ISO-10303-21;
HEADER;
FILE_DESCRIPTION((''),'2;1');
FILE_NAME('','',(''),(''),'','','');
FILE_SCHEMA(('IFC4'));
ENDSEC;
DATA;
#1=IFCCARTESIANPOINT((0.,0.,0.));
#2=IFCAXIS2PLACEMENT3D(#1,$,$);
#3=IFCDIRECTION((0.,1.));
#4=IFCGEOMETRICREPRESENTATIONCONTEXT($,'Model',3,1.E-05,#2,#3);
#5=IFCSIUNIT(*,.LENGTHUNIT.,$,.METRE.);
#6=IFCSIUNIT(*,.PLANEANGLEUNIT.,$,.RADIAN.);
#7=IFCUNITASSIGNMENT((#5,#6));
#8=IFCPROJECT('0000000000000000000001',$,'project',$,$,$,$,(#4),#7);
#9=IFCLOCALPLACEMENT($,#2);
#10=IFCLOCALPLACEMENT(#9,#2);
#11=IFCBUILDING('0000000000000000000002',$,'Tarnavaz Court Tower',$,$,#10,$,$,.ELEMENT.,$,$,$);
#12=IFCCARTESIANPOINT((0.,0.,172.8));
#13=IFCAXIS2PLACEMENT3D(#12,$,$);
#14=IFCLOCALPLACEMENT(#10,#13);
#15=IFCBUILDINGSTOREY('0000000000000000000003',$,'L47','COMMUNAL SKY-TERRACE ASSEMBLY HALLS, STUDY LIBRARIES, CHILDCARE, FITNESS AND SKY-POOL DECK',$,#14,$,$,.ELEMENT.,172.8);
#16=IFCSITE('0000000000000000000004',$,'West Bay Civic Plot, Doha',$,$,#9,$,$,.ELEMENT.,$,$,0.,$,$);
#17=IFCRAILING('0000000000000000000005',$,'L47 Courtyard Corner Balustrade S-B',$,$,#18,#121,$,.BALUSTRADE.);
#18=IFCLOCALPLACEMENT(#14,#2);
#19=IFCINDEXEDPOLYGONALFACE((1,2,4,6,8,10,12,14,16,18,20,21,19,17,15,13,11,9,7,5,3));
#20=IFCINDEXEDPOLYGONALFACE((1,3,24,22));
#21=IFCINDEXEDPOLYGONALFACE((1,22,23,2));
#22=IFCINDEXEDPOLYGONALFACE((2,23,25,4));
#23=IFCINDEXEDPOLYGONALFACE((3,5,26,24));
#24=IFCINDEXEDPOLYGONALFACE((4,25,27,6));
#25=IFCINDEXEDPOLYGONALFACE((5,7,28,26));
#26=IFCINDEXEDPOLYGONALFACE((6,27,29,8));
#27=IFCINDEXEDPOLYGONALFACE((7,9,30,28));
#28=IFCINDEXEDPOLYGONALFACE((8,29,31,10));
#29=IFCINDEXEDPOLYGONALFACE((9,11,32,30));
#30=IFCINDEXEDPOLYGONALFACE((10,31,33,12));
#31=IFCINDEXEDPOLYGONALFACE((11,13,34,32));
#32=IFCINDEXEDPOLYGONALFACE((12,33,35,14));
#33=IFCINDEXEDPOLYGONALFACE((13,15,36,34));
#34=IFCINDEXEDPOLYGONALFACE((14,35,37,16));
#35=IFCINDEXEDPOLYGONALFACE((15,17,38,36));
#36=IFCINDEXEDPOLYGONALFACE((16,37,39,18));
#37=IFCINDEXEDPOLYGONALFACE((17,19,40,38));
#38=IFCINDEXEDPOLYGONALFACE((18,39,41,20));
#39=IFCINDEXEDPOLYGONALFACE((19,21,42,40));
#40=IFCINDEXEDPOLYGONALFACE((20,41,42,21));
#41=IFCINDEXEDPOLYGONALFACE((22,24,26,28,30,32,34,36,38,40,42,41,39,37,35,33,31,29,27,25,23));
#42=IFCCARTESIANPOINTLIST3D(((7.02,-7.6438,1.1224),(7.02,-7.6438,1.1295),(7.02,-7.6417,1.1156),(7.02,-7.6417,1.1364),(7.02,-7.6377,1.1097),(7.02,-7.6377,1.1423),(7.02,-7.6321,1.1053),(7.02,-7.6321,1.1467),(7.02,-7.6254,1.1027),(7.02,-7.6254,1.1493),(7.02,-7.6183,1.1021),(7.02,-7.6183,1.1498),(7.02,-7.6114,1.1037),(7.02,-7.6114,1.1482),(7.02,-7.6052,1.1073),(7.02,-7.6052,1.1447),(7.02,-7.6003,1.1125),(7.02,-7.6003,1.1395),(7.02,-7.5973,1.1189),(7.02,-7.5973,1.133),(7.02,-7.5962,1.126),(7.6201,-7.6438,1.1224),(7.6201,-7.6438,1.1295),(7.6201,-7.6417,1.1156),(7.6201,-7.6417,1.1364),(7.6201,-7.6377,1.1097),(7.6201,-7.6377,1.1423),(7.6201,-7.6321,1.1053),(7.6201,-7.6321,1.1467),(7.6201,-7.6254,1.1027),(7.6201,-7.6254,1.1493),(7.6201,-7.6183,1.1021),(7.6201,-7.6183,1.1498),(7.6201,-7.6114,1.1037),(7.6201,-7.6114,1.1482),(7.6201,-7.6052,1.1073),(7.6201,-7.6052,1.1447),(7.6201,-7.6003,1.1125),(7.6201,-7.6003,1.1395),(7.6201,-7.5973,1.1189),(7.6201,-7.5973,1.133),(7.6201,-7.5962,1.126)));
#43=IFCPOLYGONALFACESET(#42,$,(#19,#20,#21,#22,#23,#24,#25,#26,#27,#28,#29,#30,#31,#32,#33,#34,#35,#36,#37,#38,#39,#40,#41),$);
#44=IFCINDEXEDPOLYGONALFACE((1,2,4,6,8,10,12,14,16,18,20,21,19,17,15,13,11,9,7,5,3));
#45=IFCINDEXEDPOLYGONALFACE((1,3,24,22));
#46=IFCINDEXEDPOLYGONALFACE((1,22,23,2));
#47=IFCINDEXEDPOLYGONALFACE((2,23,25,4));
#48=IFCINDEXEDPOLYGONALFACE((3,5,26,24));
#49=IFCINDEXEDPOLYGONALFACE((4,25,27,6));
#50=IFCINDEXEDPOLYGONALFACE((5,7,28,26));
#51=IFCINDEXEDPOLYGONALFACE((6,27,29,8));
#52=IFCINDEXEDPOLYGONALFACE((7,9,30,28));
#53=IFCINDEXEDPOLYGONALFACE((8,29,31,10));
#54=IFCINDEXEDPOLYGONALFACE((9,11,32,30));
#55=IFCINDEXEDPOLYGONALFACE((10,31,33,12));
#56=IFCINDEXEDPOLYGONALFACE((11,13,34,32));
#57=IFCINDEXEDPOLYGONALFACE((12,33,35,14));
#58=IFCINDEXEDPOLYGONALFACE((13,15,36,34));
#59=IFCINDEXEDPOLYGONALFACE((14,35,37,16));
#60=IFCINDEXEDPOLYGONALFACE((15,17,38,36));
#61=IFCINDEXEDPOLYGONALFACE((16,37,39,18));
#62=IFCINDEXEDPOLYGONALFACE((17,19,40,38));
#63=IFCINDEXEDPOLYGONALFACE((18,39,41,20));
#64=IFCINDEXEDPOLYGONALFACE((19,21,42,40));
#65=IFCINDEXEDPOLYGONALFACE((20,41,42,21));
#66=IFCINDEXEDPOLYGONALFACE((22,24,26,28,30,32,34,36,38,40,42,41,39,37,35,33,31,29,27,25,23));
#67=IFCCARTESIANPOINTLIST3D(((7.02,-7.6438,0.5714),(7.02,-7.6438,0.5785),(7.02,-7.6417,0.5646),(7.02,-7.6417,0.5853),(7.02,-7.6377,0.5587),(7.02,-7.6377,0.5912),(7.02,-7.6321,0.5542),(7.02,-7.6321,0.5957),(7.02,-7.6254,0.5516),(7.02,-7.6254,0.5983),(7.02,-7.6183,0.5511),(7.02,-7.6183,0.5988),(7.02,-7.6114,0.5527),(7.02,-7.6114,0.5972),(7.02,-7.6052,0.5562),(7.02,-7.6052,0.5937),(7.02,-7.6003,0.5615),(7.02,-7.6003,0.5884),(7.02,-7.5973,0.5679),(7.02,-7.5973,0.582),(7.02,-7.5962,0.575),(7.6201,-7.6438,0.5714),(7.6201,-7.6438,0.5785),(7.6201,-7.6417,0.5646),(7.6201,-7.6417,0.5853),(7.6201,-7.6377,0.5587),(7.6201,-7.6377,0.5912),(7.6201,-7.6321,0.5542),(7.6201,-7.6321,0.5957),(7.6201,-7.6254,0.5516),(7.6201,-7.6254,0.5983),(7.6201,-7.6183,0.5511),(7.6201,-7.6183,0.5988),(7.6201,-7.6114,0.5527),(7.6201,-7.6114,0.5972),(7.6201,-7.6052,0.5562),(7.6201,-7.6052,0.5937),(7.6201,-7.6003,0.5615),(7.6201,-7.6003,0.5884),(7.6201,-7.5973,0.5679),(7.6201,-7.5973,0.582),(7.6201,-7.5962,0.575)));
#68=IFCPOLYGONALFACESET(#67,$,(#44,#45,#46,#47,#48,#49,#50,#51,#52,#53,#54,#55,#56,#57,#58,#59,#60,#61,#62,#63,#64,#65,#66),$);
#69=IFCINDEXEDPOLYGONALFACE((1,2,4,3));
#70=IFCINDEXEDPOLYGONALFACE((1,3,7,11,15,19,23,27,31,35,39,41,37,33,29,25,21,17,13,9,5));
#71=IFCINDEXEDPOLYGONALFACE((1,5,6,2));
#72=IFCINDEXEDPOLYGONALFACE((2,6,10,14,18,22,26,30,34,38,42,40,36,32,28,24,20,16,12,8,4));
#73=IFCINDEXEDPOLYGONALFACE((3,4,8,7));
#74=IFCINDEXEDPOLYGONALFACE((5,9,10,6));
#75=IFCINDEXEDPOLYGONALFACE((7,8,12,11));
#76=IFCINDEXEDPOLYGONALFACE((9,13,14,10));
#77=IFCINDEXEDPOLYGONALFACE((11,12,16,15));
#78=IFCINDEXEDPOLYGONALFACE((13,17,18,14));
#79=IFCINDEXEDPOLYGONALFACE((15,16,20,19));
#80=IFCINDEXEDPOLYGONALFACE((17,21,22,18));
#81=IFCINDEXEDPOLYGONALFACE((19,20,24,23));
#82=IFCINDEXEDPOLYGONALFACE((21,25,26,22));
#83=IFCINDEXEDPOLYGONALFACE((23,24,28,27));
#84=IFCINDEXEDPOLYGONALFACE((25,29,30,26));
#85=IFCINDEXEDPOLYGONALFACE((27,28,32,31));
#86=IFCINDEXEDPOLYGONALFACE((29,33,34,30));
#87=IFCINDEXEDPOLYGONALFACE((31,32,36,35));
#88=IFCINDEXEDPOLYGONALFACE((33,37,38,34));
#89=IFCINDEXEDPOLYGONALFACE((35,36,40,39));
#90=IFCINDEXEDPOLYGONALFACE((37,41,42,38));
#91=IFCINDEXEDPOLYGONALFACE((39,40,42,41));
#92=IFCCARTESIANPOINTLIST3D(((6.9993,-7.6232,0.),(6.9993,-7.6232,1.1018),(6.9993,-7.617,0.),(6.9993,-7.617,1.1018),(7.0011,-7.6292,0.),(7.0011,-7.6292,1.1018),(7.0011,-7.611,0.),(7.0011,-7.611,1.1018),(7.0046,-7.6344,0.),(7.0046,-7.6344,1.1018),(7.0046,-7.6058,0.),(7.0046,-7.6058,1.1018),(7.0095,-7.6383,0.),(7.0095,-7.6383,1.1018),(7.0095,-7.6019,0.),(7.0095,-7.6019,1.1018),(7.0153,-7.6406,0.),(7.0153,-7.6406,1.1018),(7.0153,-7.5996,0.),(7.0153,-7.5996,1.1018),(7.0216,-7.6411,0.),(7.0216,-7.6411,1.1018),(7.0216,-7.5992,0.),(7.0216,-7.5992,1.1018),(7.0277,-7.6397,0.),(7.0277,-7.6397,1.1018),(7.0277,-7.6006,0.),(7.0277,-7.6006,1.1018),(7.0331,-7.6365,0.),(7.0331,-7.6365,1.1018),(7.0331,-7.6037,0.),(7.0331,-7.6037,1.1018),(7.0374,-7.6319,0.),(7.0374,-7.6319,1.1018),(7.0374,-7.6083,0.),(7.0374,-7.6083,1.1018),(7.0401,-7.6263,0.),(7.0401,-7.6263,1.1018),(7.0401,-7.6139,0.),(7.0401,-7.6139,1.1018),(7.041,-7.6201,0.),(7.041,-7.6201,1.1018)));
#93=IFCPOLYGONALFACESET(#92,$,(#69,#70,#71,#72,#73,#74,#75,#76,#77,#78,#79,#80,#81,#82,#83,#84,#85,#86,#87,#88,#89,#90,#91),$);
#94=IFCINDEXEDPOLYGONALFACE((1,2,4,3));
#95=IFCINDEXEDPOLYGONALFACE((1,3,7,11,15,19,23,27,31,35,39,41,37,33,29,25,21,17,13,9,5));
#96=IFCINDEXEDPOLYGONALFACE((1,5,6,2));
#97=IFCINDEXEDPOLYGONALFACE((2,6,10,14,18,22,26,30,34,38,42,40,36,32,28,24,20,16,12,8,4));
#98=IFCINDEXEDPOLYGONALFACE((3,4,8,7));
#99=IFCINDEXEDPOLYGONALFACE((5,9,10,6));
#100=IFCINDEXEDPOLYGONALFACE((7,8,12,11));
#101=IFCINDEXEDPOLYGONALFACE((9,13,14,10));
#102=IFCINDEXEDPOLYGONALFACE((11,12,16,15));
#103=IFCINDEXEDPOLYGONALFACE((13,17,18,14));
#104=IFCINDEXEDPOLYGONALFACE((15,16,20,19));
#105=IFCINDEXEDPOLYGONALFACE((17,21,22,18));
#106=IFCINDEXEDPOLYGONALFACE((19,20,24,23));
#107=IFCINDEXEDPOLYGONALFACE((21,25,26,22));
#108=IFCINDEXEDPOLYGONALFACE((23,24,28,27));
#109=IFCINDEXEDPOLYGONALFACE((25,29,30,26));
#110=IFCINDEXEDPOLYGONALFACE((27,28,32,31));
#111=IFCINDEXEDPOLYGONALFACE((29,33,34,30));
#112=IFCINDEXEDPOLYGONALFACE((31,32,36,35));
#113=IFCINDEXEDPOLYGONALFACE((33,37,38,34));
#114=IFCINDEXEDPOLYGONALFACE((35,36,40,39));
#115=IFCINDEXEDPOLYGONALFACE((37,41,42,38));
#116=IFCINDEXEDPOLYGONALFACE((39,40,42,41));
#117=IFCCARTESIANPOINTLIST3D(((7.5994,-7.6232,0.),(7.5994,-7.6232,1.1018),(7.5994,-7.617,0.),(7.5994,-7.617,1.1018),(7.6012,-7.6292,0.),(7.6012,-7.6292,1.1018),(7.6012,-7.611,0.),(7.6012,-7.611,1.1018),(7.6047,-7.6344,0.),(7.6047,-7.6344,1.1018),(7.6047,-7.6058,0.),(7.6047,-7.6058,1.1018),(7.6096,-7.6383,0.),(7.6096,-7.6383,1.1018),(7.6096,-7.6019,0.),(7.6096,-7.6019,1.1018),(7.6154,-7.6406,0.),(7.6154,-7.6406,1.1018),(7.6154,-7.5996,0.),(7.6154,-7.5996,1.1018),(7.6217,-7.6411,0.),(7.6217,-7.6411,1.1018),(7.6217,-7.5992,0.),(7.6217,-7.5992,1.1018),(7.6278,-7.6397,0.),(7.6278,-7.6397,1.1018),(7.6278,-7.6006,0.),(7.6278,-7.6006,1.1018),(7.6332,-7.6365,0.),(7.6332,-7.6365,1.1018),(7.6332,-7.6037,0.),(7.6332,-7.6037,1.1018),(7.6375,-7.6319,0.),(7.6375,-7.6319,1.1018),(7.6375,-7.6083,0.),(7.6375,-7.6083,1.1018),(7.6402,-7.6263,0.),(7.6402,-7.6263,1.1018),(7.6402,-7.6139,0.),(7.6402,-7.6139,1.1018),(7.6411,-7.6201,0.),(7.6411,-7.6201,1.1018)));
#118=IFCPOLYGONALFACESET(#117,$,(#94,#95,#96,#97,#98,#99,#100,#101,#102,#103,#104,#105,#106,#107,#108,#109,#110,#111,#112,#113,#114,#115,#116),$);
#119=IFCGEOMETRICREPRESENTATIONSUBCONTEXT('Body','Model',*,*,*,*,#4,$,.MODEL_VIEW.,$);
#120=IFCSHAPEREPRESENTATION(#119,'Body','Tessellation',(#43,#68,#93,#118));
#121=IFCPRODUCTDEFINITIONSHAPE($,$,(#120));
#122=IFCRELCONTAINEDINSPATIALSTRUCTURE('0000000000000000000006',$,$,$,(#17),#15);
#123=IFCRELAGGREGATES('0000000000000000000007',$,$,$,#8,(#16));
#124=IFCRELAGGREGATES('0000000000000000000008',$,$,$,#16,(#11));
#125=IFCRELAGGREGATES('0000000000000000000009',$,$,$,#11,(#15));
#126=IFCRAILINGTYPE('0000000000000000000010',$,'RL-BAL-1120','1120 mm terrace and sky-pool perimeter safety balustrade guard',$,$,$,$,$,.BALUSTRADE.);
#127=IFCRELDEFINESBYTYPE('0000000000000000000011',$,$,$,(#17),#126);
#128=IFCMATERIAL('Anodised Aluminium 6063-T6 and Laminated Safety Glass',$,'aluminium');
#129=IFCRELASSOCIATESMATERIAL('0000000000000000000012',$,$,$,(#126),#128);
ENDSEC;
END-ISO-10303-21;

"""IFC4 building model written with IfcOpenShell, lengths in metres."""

from ifc_helpers import new_model, si_unit, direction, frame, origin, origin_2d, place, context, subcontext, project, spatial, circle, extrude, material, type_object, element, save


model = new_model("IFC4")

# Units and contexts
model_context = context("Model", 3, precision=1e-05, world=origin(), true_north=direction((0.0, 1.0)))
body_context = subcontext(model_context, "Body", "Model", "MODEL_VIEW")
ifc_project = project(units=[si_unit("LENGTHUNIT", "METRE"), si_unit("PLANEANGLEUNIT", "RADIAN")], contexts=[model_context])

# Site, building, storey
site_placement = place(None, origin())
site = spatial("IfcSite", under=ifc_project, at=site_placement, Name="West Bay Civic Plot, Doha", CompositionType="ELEMENT", RefElevation=0.0)
building_placement = place(site_placement, origin())
building = spatial("IfcBuilding", under=site, at=building_placement, Name="Tarnavaz Court Tower", CompositionType="ELEMENT")
storey_placement = place(building_placement, frame((0.0, 0.0, 172.8)))
storey = spatial("IfcBuildingStorey", under=building, at=storey_placement, Name="L47", Description="COMMUNAL SKY-TERRACE ASSEMBLY HALLS, STUDY LIBRARIES, CHILDCARE, FITNESS AND SKY-POOL DECK", CompositionType="ELEMENT", Elevation=172.8)

# Railing
ifc_material_1 = material(Name="Anodised Aluminium 6063-T6 and Laminated Safety Glass", Category="aluminium")
railing_type = type_object("IfcRailingType", Name="RL-BAL-1120", Description="1120 mm terrace and sky-pool perimeter safety balustrade guard", PredefinedType="BALUSTRADE", material=ifc_material_1)
railing_placement = place(storey_placement, frame((7.02, -7.6201, 0.0)))
element("IfcRailing", 1, at=railing_placement, inside=storey, type_object=railing_type, Name="L47 Courtyard Corner Balustrade S-B", PredefinedType="BALUSTRADE", context=body_context, shape_type="SweptSolid", body=[
    extrude(circle(Radius=0.0239, at=origin_2d()), frame((0.0, 0.0, 1.126), z_axis=(1.0, 0.0, 0.0), x_axis=(0.0, 1.0, 0.0)), (0.0, 0.0, 1.0), 0.6001),
    extrude(circle(Radius=0.0239, at=origin_2d()), frame((0.0, 0.0, 0.575), z_axis=(1.0, 0.0, 0.0), x_axis=(0.0, 1.0, 0.0)), (0.0, 0.0, 1.0), 0.6001),
    extrude(circle(Radius=0.021, at=origin_2d()), origin(), (0.0, 0.0, 1.0), 1.1018),
    extrude(circle(Radius=0.021, at=origin_2d()), frame((0.6001, 0.0, 0.0)), (0.0, 0.0, 1.0), 1.1018),
])

save(model, "model.ifc")
